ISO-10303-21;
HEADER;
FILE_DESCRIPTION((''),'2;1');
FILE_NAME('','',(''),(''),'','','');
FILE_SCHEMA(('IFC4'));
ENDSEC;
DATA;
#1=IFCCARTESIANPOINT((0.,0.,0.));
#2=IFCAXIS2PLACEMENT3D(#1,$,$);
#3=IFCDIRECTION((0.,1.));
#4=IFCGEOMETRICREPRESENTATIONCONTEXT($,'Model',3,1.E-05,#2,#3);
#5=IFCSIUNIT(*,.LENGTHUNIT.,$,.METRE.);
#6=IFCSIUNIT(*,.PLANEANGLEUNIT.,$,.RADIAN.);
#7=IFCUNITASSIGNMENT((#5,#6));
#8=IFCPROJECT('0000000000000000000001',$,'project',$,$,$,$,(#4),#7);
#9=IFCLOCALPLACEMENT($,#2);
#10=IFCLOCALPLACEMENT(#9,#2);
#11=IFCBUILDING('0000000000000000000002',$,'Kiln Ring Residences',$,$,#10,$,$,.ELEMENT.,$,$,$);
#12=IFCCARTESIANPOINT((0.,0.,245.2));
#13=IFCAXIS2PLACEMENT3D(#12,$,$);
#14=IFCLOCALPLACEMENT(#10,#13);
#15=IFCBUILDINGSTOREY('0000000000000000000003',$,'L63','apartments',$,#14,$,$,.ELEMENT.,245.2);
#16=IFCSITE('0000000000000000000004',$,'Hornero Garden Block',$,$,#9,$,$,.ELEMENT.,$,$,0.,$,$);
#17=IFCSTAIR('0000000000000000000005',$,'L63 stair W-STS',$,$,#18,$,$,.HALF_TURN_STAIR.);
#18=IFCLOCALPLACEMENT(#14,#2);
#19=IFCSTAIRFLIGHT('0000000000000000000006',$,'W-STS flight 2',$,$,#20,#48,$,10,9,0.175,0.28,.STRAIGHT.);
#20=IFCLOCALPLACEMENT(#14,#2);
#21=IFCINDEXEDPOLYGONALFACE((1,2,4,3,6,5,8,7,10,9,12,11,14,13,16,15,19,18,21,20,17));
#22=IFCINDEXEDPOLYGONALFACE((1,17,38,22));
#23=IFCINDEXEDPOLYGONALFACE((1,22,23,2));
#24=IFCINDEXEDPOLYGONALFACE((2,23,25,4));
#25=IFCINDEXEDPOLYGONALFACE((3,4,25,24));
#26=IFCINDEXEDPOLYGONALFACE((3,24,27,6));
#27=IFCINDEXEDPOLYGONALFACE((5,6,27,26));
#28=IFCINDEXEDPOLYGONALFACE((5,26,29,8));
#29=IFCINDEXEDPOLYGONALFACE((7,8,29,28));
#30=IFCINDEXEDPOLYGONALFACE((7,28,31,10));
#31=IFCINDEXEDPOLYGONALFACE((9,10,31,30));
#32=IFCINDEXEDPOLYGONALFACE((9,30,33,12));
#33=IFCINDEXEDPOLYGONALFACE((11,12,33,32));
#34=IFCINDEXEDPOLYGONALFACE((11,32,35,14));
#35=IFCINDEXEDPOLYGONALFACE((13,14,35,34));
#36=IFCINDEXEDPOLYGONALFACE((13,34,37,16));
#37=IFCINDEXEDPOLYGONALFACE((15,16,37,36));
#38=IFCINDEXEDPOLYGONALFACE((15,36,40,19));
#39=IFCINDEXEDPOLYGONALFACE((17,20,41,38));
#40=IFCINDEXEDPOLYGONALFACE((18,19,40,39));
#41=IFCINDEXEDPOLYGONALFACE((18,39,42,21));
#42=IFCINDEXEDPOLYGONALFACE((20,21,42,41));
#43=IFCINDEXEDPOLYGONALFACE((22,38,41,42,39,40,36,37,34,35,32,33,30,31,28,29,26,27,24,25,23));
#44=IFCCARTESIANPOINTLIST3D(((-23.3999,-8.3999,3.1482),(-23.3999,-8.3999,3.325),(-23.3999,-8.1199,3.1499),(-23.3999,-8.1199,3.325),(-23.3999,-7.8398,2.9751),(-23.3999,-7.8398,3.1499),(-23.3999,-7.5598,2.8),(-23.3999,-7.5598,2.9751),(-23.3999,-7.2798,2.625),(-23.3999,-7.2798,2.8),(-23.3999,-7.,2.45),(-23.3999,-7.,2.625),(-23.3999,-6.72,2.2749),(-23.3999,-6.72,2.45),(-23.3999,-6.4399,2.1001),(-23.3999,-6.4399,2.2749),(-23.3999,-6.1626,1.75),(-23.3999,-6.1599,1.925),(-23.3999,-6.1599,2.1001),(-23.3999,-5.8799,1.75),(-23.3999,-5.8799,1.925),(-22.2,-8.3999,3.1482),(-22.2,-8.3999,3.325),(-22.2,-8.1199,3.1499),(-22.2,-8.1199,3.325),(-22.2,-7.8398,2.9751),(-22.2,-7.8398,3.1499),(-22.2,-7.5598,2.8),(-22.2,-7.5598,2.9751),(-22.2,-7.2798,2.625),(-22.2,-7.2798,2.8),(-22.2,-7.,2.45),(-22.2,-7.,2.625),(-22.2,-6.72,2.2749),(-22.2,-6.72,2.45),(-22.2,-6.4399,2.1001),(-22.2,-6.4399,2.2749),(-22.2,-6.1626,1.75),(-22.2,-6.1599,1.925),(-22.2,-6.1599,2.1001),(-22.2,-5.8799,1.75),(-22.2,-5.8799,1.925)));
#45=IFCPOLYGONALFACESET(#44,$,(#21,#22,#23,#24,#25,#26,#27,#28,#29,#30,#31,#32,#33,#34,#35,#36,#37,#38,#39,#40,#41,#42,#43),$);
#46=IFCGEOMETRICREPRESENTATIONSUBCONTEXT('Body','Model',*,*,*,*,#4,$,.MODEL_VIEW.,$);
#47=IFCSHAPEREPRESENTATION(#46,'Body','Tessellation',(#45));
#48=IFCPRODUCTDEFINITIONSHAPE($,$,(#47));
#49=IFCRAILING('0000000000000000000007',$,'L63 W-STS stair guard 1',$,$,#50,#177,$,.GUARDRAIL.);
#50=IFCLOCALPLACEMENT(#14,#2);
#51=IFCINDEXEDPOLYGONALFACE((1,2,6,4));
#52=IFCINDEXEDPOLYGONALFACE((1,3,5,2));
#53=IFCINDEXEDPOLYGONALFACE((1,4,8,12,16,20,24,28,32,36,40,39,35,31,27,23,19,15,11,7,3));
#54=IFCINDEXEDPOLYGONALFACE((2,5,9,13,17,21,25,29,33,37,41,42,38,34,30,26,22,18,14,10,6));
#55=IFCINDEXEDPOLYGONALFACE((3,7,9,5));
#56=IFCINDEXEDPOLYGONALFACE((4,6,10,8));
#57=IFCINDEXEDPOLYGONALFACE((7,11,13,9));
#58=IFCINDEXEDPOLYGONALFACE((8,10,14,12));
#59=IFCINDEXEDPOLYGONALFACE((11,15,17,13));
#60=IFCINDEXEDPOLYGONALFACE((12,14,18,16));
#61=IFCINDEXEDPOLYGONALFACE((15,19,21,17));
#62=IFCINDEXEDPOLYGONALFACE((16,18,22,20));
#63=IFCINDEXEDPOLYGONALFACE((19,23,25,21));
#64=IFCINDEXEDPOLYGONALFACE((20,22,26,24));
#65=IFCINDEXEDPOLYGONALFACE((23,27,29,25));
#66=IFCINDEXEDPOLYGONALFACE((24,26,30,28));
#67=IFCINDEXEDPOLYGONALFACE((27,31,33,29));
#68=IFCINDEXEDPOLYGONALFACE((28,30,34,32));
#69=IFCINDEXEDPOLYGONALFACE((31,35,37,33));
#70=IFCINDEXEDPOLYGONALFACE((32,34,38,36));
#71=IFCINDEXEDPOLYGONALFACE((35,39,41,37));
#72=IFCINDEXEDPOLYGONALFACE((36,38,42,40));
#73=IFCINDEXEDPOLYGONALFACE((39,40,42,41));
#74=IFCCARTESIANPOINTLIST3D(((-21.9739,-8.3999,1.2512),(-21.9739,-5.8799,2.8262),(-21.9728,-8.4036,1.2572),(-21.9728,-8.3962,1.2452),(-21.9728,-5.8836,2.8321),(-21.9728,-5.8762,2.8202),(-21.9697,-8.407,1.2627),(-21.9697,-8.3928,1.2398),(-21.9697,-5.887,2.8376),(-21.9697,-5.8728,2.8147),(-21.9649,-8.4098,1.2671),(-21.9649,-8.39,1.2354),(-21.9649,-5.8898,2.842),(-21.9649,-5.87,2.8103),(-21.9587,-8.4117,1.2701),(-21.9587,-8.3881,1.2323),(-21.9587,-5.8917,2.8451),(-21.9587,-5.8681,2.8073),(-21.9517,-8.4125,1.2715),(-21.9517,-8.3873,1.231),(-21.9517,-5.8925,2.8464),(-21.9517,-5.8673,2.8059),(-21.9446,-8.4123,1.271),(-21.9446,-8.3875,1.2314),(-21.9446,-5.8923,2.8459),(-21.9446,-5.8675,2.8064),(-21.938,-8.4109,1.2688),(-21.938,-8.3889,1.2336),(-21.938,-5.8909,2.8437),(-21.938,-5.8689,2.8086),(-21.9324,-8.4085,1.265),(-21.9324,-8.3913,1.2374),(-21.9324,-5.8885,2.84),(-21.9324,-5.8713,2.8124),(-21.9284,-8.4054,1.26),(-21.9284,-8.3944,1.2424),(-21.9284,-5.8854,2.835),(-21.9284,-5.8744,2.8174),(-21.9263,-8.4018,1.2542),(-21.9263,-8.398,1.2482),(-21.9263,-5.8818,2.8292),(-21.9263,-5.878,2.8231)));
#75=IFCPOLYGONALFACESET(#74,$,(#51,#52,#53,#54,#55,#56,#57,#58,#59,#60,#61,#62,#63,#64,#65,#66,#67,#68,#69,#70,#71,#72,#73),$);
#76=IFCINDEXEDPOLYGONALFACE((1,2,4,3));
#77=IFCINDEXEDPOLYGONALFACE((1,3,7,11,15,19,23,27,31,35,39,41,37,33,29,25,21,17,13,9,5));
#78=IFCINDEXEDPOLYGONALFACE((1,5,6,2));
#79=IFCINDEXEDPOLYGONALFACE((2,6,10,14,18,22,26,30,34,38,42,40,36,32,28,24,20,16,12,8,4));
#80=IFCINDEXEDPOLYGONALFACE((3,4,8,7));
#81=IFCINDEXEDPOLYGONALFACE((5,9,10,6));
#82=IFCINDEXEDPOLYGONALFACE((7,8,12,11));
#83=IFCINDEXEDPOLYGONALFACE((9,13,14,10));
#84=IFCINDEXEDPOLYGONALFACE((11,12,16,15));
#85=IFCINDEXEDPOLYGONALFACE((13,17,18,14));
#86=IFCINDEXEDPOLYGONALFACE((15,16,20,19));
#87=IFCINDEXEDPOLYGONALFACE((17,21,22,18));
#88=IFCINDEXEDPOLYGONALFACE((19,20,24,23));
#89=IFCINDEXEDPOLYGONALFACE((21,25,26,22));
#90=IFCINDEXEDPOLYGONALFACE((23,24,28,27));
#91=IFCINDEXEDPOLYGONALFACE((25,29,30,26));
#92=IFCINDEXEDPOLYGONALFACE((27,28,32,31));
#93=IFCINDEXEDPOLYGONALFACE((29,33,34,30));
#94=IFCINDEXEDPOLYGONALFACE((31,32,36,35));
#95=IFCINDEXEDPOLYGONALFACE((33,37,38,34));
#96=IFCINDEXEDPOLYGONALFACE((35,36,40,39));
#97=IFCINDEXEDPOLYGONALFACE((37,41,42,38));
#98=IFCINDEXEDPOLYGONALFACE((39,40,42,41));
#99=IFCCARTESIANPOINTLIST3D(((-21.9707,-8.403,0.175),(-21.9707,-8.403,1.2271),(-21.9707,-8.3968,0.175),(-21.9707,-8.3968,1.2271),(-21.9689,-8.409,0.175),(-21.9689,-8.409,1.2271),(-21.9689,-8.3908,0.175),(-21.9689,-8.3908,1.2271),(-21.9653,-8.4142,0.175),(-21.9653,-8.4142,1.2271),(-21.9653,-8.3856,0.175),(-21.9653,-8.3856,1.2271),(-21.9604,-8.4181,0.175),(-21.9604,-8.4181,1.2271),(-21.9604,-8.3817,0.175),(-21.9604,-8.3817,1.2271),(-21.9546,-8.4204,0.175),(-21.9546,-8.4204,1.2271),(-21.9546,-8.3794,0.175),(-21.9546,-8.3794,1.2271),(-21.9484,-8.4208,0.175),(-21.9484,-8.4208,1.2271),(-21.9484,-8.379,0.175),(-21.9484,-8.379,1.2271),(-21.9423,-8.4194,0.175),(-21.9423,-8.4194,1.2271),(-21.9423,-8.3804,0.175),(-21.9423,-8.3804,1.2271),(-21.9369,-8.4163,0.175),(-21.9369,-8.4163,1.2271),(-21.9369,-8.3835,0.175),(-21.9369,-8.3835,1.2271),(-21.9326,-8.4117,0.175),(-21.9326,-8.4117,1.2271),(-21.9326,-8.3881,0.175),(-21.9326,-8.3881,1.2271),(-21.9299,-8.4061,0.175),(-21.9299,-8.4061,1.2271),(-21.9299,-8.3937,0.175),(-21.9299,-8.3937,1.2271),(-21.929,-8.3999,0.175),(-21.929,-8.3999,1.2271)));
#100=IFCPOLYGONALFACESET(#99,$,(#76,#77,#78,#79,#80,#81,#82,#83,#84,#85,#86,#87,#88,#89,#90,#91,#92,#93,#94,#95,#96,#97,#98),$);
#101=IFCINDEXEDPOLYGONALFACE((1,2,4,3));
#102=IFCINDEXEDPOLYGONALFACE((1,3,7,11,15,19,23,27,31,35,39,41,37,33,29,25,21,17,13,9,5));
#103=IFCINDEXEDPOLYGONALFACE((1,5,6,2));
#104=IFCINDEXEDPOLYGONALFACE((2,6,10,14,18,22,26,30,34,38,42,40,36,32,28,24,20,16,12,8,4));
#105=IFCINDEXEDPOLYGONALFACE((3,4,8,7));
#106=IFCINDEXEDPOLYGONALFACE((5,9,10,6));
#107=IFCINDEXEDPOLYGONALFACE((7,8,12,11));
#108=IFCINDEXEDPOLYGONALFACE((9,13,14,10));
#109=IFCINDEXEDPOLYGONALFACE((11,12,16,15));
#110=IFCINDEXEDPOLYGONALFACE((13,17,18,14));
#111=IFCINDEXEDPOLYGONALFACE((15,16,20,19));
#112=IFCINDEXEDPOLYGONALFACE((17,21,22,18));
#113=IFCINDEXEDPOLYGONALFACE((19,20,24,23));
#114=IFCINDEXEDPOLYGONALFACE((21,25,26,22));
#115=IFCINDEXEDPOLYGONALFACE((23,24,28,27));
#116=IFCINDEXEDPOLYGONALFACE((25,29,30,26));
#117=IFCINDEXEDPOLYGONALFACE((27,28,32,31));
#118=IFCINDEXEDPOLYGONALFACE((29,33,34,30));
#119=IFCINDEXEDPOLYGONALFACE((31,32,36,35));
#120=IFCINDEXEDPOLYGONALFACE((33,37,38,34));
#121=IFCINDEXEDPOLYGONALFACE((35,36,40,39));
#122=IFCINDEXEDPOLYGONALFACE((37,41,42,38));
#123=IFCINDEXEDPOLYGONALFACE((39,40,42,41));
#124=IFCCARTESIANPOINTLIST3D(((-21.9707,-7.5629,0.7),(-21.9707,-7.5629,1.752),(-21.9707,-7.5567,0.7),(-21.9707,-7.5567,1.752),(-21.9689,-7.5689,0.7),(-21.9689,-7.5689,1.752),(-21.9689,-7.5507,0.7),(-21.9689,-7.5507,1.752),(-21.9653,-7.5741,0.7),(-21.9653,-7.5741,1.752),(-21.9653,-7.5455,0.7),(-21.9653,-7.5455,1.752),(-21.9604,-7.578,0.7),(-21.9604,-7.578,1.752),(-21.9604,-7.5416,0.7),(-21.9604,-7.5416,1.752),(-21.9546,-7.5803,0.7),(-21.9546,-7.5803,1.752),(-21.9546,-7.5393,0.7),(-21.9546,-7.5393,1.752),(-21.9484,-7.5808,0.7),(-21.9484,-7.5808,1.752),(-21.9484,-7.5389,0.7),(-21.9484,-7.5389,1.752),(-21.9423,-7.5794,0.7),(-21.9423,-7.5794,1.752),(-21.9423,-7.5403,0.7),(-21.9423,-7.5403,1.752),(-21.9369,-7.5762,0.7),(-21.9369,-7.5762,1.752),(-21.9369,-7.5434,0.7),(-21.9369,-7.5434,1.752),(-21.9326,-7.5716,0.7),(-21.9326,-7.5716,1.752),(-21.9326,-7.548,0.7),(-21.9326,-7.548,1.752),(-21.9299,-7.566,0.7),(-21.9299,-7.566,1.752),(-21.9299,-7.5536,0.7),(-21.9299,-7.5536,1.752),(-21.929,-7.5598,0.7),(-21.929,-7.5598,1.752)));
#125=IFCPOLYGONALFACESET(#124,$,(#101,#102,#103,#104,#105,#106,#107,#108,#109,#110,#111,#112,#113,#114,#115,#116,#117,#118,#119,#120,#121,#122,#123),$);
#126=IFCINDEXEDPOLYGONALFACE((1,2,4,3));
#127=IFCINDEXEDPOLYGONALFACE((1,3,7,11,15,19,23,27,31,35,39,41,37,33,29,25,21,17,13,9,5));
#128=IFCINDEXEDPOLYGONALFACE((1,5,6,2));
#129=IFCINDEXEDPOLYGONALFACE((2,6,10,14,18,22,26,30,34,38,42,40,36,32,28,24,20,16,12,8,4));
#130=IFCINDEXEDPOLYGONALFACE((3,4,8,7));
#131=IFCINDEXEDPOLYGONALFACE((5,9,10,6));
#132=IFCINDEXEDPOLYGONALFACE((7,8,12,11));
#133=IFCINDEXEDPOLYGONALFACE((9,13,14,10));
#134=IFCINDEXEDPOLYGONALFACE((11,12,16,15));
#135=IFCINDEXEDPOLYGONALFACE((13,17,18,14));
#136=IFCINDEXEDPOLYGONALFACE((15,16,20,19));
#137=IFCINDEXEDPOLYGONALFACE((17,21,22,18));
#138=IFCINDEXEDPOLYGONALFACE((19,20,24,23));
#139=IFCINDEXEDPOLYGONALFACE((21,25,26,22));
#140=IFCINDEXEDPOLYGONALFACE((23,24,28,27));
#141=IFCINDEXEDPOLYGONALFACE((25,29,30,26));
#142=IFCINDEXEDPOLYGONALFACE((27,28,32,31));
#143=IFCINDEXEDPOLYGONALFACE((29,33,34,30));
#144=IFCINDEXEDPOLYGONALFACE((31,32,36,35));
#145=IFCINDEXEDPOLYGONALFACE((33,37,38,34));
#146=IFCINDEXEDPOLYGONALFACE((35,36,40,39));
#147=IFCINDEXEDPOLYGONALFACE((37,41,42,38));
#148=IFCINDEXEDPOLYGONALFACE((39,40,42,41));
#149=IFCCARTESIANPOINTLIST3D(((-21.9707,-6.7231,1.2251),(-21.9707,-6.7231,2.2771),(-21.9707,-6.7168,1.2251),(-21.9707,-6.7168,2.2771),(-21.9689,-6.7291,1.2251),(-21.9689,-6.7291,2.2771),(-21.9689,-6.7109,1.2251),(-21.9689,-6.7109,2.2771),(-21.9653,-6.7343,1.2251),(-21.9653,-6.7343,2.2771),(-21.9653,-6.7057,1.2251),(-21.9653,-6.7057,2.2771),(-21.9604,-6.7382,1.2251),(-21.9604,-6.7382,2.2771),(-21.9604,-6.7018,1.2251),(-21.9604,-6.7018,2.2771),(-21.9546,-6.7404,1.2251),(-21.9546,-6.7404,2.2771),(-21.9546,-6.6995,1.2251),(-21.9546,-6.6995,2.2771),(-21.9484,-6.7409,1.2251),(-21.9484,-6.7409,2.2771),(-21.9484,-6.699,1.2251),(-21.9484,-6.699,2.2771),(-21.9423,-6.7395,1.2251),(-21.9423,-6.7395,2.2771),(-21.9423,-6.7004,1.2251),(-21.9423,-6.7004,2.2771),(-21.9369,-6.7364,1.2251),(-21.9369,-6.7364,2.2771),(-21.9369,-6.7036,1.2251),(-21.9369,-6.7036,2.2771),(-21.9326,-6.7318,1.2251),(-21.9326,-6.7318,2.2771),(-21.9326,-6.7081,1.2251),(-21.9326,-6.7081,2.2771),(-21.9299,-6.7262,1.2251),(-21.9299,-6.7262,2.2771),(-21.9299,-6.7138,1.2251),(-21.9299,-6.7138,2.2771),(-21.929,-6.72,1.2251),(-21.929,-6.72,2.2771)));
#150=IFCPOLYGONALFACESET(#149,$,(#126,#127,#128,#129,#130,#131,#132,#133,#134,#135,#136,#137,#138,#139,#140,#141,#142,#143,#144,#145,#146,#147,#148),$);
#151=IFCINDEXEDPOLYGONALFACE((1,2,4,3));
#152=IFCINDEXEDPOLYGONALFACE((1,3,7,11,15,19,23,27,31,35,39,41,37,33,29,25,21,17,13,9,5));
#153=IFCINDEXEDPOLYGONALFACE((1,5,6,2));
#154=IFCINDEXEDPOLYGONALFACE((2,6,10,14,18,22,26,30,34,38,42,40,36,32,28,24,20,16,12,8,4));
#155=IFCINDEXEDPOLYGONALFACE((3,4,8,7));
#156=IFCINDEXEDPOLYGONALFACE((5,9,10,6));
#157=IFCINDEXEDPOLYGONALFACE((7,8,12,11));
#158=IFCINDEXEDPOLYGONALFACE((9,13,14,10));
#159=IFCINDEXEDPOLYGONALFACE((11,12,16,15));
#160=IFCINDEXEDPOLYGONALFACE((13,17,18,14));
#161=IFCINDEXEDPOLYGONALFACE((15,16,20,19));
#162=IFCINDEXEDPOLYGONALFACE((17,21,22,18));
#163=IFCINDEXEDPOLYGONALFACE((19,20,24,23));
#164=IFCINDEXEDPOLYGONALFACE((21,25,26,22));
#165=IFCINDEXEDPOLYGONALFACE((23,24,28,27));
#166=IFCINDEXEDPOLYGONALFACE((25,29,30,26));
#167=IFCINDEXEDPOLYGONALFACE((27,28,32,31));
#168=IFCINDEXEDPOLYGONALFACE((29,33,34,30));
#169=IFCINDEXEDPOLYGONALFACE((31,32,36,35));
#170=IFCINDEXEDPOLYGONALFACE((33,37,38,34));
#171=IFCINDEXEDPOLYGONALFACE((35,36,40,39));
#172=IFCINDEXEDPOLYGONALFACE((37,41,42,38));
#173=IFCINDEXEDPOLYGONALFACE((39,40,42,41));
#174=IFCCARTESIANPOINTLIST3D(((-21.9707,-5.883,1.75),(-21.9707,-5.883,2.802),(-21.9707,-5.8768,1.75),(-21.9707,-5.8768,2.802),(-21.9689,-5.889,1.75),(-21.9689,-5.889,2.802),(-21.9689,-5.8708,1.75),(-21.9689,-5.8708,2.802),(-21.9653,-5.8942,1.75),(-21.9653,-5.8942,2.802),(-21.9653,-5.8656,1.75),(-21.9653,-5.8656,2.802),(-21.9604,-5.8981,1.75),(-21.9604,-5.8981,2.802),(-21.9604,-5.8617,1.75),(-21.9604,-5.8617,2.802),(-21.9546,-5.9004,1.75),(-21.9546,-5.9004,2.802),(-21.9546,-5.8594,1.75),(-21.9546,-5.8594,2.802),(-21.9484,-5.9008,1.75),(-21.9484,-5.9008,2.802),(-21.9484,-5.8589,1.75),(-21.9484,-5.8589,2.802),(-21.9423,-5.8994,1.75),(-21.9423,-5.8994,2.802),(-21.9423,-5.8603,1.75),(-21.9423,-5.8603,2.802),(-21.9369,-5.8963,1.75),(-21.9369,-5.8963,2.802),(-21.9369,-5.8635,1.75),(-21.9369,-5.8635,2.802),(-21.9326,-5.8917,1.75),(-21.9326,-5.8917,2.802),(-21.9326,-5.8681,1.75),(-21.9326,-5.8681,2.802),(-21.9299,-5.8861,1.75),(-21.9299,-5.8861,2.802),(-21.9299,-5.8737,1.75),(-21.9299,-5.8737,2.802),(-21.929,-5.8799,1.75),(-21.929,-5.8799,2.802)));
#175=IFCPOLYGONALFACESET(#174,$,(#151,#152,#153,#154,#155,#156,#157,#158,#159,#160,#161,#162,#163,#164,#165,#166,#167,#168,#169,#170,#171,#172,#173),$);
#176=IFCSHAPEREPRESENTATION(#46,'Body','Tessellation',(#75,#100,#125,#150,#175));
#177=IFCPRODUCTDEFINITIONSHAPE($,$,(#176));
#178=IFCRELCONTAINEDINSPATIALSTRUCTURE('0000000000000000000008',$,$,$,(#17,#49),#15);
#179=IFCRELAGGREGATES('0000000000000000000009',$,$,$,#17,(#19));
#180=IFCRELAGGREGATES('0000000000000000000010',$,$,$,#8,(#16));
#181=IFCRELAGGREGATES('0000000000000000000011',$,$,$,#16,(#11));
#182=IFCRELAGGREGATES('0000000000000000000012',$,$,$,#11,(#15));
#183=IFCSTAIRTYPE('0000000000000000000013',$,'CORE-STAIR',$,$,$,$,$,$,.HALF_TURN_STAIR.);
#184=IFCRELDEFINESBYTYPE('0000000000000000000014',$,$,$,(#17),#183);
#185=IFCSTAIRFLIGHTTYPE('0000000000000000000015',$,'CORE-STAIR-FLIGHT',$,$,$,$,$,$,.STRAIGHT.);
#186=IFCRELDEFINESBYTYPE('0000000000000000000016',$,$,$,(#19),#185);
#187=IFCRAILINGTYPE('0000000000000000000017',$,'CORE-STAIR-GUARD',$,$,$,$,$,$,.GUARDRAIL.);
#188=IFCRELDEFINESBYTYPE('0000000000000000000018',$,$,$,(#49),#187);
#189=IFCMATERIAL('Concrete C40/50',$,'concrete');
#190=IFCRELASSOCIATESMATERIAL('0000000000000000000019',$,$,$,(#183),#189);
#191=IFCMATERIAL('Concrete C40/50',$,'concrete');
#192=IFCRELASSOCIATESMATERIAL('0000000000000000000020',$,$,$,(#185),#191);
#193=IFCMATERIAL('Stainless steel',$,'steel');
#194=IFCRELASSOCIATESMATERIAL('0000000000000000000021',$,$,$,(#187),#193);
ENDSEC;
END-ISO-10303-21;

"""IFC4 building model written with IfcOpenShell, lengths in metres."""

from ifc_helpers import new_model, si_unit, direction, frame, origin, origin_2d, place, context, subcontext, project, spatial, polyline, circle, outline, extrude, material, type_object, element, aggregate, save


model = new_model("IFC4")

# Units and contexts
model_context = context("Model", 3, precision=1e-05, world=origin(), true_north=direction((0.0, 1.0)))
body_context = subcontext(model_context, "Body", "Model", "MODEL_VIEW")
ifc_project = project(units=[si_unit("LENGTHUNIT", "METRE"), si_unit("PLANEANGLEUNIT", "RADIAN")], contexts=[model_context])

# Site, building, storey
site_placement = place(None, origin())
site = spatial("IfcSite", under=ifc_project, at=site_placement, Name="Hornero Garden Block", CompositionType="ELEMENT", RefElevation=0.0)
building_placement = place(site_placement, origin())
building = spatial("IfcBuilding", under=site, at=building_placement, Name="Kiln Ring Residences", CompositionType="ELEMENT")
storey_placement = place(building_placement, frame((0.0, 0.0, 245.2)))
storey = spatial("IfcBuildingStorey", under=building, at=storey_placement, Name="L63", Description="apartments", CompositionType="ELEMENT", Elevation=245.2)

# Stair, stair flight
ifc_material_1 = material(Name="Concrete C40/50", Category="concrete")
stair_type = type_object("IfcStairType", Name="CORE-STAIR", PredefinedType="HALF_TURN_STAIR", material=ifc_material_1)
stair_placement = place(storey_placement, origin())
stair = element("IfcStair", 1, at=stair_placement, inside=storey, type_object=stair_type, Name="L63 stair W-STS", PredefinedType="HALF_TURN_STAIR")
ifc_material_2 = material(Name="Concrete C40/50", Category="concrete")
stair_flight_type = type_object("IfcStairFlightType", Name="CORE-STAIR-FLIGHT", PredefinedType="STRAIGHT", material=ifc_material_2)
stair_flight_1_placement = place(storey_placement, frame((-22.8, -5.8799, 1.75), z_axis=(0.0, 0.0, 1.0), x_axis=(0.0, -1.0, 0.0)))
stair_flight_1 = element("IfcStairFlight", 2, at=stair_flight_1_placement, type_object=stair_flight_type, Name="W-STS flight 2", NumberOfRisers=10, NumberOfTreads=9, PredefinedType="STRAIGHT", RiserHeight=0.175, TreadLength=0.28, context=body_context, shape_type="SweptSolid", body=[
    extrude(outline(polyline([(0.0, 0.0), (0.0, 0.175), (0.28, 0.175), (0.28, 0.3501), (0.5601, 0.3501), (0.5601, 0.5249), (0.8401, 0.5249), (0.8401, 0.7), (1.1201, 0.7), (1.1201, 0.875), (1.3999, 0.875), (1.3999, 1.05), (1.6799, 1.05), (1.6799, 1.2251), (1.96, 1.2251), (1.96, 1.3999), (2.24, 1.3999), (2.24, 1.575), (2.52, 1.575), (2.52, 1.75), (2.52, 1.3982), (0.2827, 0.0), (0.0, 0.0)])), frame((0.0, 0.6001, 0.0), z_axis=(0.0, -1.0, 0.0), x_axis=(1.0, 0.0, 0.0)), (0.0, 0.0, 1.0), 1.2),
])
aggregate(stair, [stair_flight_1])

# Railing
ifc_material_3 = material(Name="Stainless steel", Category="steel")
railing_type_1 = type_object("IfcRailingType", Name="CORE-STAIR-GUARD", PredefinedType="GUARDRAIL", material=ifc_material_3)
railing_1_placement = place(storey_placement, frame((-21.95, -8.3999, 0.175)))
element("IfcRailing", 3, at=railing_1_placement, inside=storey, type_object=railing_type_1, Name="L63 W-STS stair guard 1", PredefinedType="GUARDRAIL", context=body_context, shape_type="SweptSolid", body=[
    extrude(circle(Radius=0.0239, at=origin_2d()), frame((0.0, 0.0, 1.0762), z_axis=(0.0, 0.848008, 0.529984), x_axis=(-1.0, 0.0, 0.0)), (0.0, 0.0, 1.0), 2.9717),
    extrude(circle(Radius=0.021, at=origin_2d()), origin(), (0.0, 0.0, 1.0), 1.052),
    extrude(circle(Radius=0.021, at=origin_2d()), frame((0.0, 0.8401, 0.5249)), (0.0, 0.0, 1.0), 1.052),
    extrude(circle(Radius=0.021, at=origin_2d()), frame((0.0, 1.6799, 1.05)), (0.0, 0.0, 1.0), 1.052),
    extrude(circle(Radius=0.021, at=origin_2d()), frame((0.0, 2.52, 1.575)), (0.0, 0.0, 1.0), 1.052),
])

save(model, "model.ifc")
